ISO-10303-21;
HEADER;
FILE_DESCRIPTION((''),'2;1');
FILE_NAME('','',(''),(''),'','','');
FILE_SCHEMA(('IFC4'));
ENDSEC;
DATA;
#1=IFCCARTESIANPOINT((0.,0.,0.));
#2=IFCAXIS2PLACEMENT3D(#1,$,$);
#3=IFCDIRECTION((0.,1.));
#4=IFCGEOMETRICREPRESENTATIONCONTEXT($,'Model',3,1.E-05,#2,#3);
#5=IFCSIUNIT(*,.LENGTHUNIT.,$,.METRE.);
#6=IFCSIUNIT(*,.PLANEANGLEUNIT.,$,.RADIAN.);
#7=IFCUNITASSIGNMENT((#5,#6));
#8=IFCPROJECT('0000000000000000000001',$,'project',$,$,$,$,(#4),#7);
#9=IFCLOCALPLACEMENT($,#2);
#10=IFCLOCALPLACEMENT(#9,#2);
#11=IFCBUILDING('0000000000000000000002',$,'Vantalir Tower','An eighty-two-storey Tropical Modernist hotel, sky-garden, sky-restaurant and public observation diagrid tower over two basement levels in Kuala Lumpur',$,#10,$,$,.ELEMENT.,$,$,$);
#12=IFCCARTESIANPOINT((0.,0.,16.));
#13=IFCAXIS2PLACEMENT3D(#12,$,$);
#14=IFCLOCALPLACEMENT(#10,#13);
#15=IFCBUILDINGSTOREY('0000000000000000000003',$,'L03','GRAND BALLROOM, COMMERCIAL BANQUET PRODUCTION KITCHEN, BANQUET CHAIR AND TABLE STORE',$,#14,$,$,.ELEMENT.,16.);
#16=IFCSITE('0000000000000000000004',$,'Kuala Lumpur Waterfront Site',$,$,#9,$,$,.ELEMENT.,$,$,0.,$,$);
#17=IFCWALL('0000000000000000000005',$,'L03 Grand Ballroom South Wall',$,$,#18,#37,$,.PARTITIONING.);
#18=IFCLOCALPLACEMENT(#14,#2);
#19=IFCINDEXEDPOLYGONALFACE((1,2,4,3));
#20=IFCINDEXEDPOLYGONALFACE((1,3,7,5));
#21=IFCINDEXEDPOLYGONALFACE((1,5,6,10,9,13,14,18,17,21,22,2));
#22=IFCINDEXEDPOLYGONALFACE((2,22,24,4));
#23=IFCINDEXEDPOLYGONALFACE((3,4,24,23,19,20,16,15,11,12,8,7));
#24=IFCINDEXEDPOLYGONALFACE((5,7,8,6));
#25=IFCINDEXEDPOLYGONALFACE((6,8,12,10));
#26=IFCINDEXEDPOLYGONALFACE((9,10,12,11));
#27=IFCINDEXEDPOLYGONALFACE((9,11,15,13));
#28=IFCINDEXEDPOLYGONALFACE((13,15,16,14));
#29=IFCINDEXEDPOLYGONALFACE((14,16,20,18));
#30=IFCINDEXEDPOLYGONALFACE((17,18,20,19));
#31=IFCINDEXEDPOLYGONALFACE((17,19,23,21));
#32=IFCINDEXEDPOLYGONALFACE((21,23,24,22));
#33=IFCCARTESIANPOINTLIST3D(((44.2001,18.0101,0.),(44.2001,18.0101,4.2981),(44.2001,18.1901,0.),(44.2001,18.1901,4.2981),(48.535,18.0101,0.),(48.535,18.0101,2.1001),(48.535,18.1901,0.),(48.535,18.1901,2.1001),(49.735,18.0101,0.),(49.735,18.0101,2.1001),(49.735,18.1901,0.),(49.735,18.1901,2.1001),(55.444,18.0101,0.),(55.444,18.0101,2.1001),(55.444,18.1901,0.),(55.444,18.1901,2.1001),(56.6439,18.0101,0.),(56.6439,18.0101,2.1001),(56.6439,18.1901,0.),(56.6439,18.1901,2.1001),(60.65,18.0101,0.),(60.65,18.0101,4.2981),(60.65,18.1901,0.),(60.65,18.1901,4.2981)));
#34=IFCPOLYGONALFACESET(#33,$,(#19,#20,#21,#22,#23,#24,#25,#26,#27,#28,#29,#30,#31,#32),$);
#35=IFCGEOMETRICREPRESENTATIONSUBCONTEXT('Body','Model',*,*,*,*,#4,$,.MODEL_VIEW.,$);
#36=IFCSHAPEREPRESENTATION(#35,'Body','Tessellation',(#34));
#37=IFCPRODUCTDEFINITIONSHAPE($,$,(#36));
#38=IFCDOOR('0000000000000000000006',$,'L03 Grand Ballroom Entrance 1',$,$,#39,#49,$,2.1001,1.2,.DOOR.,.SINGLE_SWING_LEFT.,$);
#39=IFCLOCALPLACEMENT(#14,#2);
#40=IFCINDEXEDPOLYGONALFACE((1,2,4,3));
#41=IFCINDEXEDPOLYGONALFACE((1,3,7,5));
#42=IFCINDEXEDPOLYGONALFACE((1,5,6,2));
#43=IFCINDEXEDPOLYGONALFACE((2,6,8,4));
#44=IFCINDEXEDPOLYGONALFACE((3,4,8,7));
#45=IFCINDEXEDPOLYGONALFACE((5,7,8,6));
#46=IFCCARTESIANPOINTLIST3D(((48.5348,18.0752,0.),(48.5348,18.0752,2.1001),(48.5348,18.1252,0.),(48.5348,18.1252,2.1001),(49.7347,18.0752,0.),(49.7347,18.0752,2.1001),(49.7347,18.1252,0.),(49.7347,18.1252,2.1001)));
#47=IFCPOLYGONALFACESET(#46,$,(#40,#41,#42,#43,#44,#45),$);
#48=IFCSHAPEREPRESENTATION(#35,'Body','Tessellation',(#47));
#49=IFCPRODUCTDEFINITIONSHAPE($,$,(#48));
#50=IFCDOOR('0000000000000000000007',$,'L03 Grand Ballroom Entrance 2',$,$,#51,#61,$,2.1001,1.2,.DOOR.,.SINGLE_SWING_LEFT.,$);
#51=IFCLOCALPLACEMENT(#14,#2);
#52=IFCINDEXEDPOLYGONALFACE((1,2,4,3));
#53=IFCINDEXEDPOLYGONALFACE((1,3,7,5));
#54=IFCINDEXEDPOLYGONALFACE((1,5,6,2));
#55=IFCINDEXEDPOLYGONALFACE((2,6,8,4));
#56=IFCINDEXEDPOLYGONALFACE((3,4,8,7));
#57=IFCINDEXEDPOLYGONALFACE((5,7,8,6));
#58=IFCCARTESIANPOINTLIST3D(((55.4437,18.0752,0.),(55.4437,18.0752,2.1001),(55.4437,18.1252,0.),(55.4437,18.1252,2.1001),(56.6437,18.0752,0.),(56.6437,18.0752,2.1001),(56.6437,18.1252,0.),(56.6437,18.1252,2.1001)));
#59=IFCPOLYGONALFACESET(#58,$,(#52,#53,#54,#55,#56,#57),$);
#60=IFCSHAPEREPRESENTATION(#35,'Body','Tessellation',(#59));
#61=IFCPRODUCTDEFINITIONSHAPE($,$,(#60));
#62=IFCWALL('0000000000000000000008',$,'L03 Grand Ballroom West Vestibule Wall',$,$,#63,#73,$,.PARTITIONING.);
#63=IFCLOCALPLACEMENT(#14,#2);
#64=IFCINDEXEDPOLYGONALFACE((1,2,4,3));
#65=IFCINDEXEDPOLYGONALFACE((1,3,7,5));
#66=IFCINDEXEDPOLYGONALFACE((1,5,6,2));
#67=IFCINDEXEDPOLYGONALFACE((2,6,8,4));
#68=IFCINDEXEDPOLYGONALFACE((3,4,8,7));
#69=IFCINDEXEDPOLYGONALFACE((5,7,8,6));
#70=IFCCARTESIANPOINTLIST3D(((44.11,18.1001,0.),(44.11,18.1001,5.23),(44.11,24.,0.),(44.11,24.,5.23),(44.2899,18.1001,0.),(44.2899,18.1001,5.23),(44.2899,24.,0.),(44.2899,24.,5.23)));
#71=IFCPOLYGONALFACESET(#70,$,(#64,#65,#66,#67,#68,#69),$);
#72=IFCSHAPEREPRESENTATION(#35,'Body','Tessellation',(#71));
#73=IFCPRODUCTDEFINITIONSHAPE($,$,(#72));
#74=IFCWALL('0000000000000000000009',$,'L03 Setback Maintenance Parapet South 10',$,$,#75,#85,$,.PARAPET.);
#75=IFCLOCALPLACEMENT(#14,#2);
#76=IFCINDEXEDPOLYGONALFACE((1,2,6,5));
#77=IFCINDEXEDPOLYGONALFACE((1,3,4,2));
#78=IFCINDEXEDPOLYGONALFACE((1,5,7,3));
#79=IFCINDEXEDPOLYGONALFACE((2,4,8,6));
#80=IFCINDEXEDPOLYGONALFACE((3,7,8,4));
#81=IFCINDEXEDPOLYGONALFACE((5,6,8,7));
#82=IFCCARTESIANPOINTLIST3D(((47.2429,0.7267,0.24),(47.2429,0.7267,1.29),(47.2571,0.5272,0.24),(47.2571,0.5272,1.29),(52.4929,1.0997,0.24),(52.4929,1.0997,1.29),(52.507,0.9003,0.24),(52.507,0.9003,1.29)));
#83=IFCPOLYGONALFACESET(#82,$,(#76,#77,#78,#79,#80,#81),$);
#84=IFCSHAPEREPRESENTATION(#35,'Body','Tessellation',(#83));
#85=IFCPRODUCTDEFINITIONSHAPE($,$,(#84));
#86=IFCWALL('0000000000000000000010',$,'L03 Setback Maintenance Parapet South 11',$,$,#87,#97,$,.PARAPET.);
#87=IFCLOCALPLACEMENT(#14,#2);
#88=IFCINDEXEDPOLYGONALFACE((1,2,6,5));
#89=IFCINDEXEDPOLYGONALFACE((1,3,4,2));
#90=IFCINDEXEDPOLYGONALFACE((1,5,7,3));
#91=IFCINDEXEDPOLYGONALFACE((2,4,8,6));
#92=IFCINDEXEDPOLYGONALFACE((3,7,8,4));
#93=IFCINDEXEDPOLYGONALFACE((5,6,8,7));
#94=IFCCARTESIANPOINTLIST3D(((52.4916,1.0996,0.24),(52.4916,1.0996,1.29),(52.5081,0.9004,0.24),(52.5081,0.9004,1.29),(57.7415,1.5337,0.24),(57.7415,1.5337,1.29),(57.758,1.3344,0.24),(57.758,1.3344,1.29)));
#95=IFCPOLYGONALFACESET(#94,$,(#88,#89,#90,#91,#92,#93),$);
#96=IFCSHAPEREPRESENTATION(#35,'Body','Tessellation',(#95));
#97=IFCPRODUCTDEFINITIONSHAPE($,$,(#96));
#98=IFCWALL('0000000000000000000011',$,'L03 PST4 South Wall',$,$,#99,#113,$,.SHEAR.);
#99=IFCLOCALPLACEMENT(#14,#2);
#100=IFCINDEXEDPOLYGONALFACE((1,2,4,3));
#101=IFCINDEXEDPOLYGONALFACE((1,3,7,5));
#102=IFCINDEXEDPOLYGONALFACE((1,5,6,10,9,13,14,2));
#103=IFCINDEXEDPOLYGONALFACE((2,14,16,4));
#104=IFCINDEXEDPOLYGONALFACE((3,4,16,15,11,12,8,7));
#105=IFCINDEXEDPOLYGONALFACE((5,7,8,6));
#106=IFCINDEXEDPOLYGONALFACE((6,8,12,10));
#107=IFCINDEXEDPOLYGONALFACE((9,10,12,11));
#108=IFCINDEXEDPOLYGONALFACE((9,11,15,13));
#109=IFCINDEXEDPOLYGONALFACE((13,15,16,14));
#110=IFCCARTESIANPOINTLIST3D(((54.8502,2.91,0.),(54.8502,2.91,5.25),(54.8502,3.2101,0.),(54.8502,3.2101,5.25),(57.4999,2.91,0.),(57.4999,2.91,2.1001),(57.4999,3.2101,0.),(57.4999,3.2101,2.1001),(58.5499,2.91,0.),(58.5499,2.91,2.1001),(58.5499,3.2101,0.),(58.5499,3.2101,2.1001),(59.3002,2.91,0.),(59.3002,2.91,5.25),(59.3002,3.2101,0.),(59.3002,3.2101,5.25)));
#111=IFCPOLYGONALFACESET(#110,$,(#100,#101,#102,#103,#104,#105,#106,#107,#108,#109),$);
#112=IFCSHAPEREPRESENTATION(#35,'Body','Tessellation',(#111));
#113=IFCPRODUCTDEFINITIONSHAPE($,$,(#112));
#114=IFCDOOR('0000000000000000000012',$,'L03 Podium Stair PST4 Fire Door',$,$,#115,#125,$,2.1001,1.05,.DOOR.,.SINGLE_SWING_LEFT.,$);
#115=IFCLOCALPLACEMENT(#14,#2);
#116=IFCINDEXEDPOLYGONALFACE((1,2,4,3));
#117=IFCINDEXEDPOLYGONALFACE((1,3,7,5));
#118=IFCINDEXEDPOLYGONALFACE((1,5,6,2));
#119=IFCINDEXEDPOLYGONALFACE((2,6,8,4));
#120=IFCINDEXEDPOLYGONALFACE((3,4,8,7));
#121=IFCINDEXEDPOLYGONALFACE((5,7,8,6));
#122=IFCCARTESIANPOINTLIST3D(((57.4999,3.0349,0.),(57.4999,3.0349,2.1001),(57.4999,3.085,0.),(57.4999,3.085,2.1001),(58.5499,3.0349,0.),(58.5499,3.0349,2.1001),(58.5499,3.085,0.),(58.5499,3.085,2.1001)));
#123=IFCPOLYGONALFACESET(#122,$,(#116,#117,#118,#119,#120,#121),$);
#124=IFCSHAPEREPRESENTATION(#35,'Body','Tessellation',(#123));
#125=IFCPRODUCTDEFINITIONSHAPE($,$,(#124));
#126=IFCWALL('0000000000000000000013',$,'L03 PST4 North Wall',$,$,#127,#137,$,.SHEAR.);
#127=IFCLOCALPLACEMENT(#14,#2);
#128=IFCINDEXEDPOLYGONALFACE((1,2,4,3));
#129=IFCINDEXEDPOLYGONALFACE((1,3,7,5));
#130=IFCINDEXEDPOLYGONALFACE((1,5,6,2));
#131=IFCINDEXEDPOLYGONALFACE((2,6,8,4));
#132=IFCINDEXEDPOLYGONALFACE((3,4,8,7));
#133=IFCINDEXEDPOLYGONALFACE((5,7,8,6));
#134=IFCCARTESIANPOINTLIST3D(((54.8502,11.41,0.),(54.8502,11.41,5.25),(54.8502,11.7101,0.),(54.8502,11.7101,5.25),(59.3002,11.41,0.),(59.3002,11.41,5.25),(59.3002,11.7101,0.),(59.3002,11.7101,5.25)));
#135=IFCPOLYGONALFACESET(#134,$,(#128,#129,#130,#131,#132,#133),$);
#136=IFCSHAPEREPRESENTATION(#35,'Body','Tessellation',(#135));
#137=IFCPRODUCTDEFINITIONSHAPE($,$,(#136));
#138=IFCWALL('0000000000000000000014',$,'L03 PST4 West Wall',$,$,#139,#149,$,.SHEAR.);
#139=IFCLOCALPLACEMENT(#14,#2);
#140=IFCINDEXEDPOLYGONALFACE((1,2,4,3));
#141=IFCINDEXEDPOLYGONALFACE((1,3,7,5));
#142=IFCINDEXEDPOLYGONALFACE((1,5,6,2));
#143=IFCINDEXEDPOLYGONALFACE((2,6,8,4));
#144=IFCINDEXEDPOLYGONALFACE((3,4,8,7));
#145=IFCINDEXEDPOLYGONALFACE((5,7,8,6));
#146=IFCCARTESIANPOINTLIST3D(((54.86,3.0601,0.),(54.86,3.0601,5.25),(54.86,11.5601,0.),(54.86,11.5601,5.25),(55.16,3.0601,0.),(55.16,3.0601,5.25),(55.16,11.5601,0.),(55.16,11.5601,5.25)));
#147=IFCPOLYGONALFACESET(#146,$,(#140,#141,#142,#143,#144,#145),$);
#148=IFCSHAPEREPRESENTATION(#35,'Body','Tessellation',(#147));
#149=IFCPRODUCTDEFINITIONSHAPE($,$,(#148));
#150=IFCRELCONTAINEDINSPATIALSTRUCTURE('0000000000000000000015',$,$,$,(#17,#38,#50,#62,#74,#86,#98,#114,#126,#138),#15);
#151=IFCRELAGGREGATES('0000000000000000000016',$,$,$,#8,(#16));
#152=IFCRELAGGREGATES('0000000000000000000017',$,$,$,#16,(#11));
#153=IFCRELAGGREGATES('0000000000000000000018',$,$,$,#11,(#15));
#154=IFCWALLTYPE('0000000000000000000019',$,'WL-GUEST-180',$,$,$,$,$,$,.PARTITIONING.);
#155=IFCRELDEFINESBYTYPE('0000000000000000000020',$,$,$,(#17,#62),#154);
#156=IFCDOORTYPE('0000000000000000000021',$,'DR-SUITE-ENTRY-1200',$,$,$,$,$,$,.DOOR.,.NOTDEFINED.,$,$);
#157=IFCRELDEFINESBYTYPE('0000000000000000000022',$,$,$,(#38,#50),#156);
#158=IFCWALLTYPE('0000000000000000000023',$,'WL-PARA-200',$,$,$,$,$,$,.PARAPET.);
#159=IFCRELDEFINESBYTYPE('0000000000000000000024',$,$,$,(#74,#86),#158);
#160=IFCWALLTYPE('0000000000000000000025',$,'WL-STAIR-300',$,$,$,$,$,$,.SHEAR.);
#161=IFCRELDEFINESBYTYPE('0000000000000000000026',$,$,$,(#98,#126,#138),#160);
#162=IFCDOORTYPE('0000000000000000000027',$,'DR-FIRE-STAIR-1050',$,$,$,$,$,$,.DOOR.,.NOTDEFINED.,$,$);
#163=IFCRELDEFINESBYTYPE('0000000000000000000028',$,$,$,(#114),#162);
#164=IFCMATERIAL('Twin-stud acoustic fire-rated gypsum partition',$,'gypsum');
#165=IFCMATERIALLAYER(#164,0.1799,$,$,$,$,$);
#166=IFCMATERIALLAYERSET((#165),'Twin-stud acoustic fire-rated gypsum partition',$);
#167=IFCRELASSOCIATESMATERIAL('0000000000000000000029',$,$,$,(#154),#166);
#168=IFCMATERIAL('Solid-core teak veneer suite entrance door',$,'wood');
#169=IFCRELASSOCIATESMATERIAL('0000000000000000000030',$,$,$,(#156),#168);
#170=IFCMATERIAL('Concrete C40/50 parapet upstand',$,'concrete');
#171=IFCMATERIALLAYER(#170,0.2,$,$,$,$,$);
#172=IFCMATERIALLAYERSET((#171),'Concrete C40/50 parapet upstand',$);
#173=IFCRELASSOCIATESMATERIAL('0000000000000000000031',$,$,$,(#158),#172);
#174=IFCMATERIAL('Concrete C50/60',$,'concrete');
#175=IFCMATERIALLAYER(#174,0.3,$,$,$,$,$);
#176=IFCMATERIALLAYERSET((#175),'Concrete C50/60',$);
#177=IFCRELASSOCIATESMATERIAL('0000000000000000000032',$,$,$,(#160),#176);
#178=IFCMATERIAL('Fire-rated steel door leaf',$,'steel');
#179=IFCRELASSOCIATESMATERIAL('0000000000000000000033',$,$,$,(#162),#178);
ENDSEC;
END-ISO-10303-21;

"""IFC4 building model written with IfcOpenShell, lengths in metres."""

from ifc_helpers import new_model, si_unit, direction, frame, frame_2d, origin, place, context, subcontext, project, spatial, rectangle, extrude, material, layer, layer_set, type_object, element, fill, save


model = new_model("IFC4")

# Units and contexts
model_context = context("Model", 3, precision=1e-05, world=origin(), true_north=direction((0.0, 1.0)))
body_context = subcontext(model_context, "Body", "Model", "MODEL_VIEW")
ifc_project = project(units=[si_unit("LENGTHUNIT", "METRE"), si_unit("PLANEANGLEUNIT", "RADIAN")], contexts=[model_context])

# Site, building, storey
site_placement = place(None, origin())
site = spatial("IfcSite", under=ifc_project, at=site_placement, Name="Kuala Lumpur Waterfront Site", CompositionType="ELEMENT", RefElevation=0.0)
building_placement = place(site_placement, origin())
building = spatial("IfcBuilding", under=site, at=building_placement, Name="Vantalir Tower", Description="An eighty-two-storey Tropical Modernist hotel, sky-garden, sky-restaurant and public observation diagrid tower over two basement levels in Kuala Lumpur", CompositionType="ELEMENT")
storey_placement = place(building_placement, frame((0.0, 0.0, 16.0)))
storey = spatial("IfcBuildingStorey", under=building, at=storey_placement, Name="L03", Description="GRAND BALLROOM, COMMERCIAL BANQUET PRODUCTION KITCHEN, BANQUET CHAIR AND TABLE STORE", CompositionType="ELEMENT", Elevation=16.0)

# Shared definitions
ifc_material_1 = material(Name="Concrete C50/60", Category="concrete")

# Wall, openings, doors
ifc_material_2 = material(Name="Twin-stud acoustic fire-rated gypsum partition", Category="gypsum")
ifc_layer_1 = layer(ifc_material_2, 0.1799)
ifc_layer_set_1 = layer_set([ifc_layer_1], Name="Twin-stud acoustic fire-rated gypsum partition")
wall_type_1 = type_object("IfcWallType", Name="WL-GUEST-180", PredefinedType="PARTITIONING", material=ifc_layer_set_1)
wall_1_placement = place(storey_placement, frame((44.2, 18.1001, 0.0), z_axis=(0.0, 0.0, 1.0), x_axis=(1.0, 0.0, 0.0)))
wall_1 = element("IfcWall", 1, at=wall_1_placement, inside=storey, type_object=wall_type_1, Name="L03 Grand Ballroom South Wall", PredefinedType="PARTITIONING", context=body_context, shape_type="SweptSolid", body=[
    extrude(rectangle(XDim=16.45, YDim=0.1799, at=frame_2d((8.2251, 0.0))), origin(), (0.0, 0.0, 1.0), 4.2981),
])
opening_1_placement = place(wall_1_placement, frame((4.335, 0.0, 0.0)))
opening_1 = element("IfcOpeningElement", 2, at=opening_1_placement, cuts=wall_1, PredefinedType="OPENING", context=body_context, shape_type="SweptSolid", body=[
    extrude(rectangle(XDim=1.2, YDim=2.1001, at=frame_2d((0.6001, 1.05))), frame((0.0, 0.0999, 0.0), z_axis=(0.0, -1.0, 0.0), x_axis=(1.0, 0.0, 0.0)), (0.0, 0.0, 1.0), 0.2),
])
opening_2_placement = place(wall_1_placement, frame((11.2439, 0.0, 0.0)))
opening_2 = element("IfcOpeningElement", 3, at=opening_2_placement, cuts=wall_1, PredefinedType="OPENING", context=body_context, shape_type="SweptSolid", body=[
    extrude(rectangle(XDim=1.2, YDim=2.1001, at=frame_2d((0.6001, 1.05))), frame((0.0, 0.0999, 0.0), z_axis=(0.0, -1.0, 0.0), x_axis=(1.0, 0.0, 0.0)), (0.0, 0.0, 1.0), 0.2),
])
ifc_material_3 = material(Name="Solid-core teak veneer suite entrance door", Category="wood")
door_type_1 = type_object("IfcDoorType", Name="DR-SUITE-ENTRY-1200", OperationType="NOTDEFINED", PredefinedType="DOOR", material=ifc_material_3)
door_1_placement = place(opening_1_placement, frame((1.2, 0.0, 0.0), z_axis=(0.0, 0.0, 1.0), x_axis=(-1.0, 0.0, 0.0)))
door_1 = element("IfcDoor", 4, at=door_1_placement, inside=storey, type_object=door_type_1, Name="L03 Grand Ballroom Entrance 1", OperationType="SINGLE_SWING_LEFT", OverallHeight=2.1001, OverallWidth=1.2, PredefinedType="DOOR", context=body_context, shape_type="SweptSolid", body=[
    extrude(rectangle(XDim=1.2, YDim=2.1001, at=frame_2d((0.6001, 1.05))), frame((0.0, 0.0249, 0.0), z_axis=(0.0, -1.0, 0.0), x_axis=(1.0, 0.0, 0.0)), (0.0, 0.0, 1.0), 0.05),
])
fill(opening_1, door_1)
door_2_placement = place(opening_2_placement, frame((1.2, 0.0, 0.0), z_axis=(0.0, 0.0, 1.0), x_axis=(-1.0, 0.0, 0.0)))
door_2 = element("IfcDoor", 5, at=door_2_placement, inside=storey, type_object=door_type_1, Name="L03 Grand Ballroom Entrance 2", OperationType="SINGLE_SWING_LEFT", OverallHeight=2.1001, OverallWidth=1.2, PredefinedType="DOOR", context=body_context, shape_type="SweptSolid", body=[
    extrude(rectangle(XDim=1.2, YDim=2.1001, at=frame_2d((0.6001, 1.05))), frame((0.0, 0.0249, 0.0), z_axis=(0.0, -1.0, 0.0), x_axis=(1.0, 0.0, 0.0)), (0.0, 0.0, 1.0), 0.05),
])
fill(opening_2, door_2)

# Walls
wall_2_placement = place(storey_placement, frame((44.2, 18.1001, 0.0), z_axis=(0.0, 0.0, 1.0), x_axis=(0.0, 1.0, 0.0)))
element("IfcWall", 6, at=wall_2_placement, inside=storey, type_object=wall_type_1, Name="L03 Grand Ballroom West Vestibule Wall", PredefinedType="PARTITIONING", context=body_context, shape_type="SweptSolid", body=[
    extrude(rectangle(XDim=5.8999, YDim=0.1799, at=frame_2d((2.95, 0.0))), origin(), (0.0, 0.0, 1.0), 5.23),
])
ifc_material_4 = material(Name="Concrete C40/50 parapet upstand", Category="concrete")
ifc_layer_2 = layer(ifc_material_4, 0.2)
ifc_layer_set_2 = layer_set([ifc_layer_2], Name="Concrete C40/50 parapet upstand")
wall_type_2 = type_object("IfcWallType", Name="WL-PARA-200", PredefinedType="PARAPET", material=ifc_layer_set_2)
wall_3_placement = place(storey_placement, frame((47.25, 0.627, 0.24), z_axis=(0.0, 0.0, 1.0), x_axis=(0.997485, 0.070878, 0.0)))
element("IfcWall", 7, at=wall_3_placement, inside=storey, type_object=wall_type_2, Name="L03 Setback Maintenance Parapet South 10", PredefinedType="PARAPET", context=body_context, shape_type="SweptSolid", body=[
    extrude(rectangle(XDim=5.2632, YDim=0.2, at=frame_2d((2.6316, 0.0))), origin(), (0.0, 0.0, 1.0), 1.05),
])
wall_4_placement = place(storey_placement, frame((52.5, 1.0, 0.24), z_axis=(0.0, 0.0, 1.0), x_axis=(0.996599, 0.082401, 0.0)))
element("IfcWall", 8, at=wall_4_placement, inside=storey, type_object=wall_type_2, Name="L03 Setback Maintenance Parapet South 11", PredefinedType="PARAPET", context=body_context, shape_type="SweptSolid", body=[
    extrude(rectangle(XDim=5.2678, YDim=0.2, at=frame_2d((2.6338, 0.0))), origin(), (0.0, 0.0, 1.0), 1.05),
])

# Wall, opening, door
ifc_layer_3 = layer(ifc_material_1, 0.3)
ifc_layer_set_3 = layer_set([ifc_layer_3], Name="Concrete C50/60")
wall_type_3 = type_object("IfcWallType", Name="WL-STAIR-300", PredefinedType="SHEAR", material=ifc_layer_set_3)
wall_5_placement = place(storey_placement, frame((54.8501, 3.0601, 0.0), z_axis=(0.0, 0.0, 1.0), x_axis=(1.0, 0.0, 0.0)))
wall_5 = element("IfcWall", 9, at=wall_5_placement, inside=storey, type_object=wall_type_3, Name="L03 PST4 South Wall", PredefinedType="SHEAR", context=body_context, shape_type="SweptSolid", body=[
    extrude(rectangle(XDim=4.45, YDim=0.3, at=frame_2d((2.2251, 0.0))), origin(), (0.0, 0.0, 1.0), 5.25),
])
opening_3_placement = place(wall_5_placement, frame((2.6499, 0.0, 0.0)))
opening_3 = element("IfcOpeningElement", 10, at=opening_3_placement, cuts=wall_5, PredefinedType="OPENING", context=body_context, shape_type="SweptSolid", body=[
    extrude(rectangle(XDim=1.05, YDim=2.1001, at=frame_2d((0.5249, 1.05))), frame((0.0, 0.1599, 0.0), z_axis=(0.0, -1.0, 0.0), x_axis=(1.0, 0.0, 0.0)), (0.0, 0.0, 1.0), 0.3201),
])
ifc_material_5 = material(Name="Fire-rated steel door leaf", Category="steel")
door_type_2 = type_object("IfcDoorType", Name="DR-FIRE-STAIR-1050", OperationType="NOTDEFINED", PredefinedType="DOOR", material=ifc_material_5)
door_3_placement = place(opening_3_placement, origin())
door_3 = element("IfcDoor", 11, at=door_3_placement, inside=storey, type_object=door_type_2, Name="L03 Podium Stair PST4 Fire Door", OperationType="SINGLE_SWING_LEFT", OverallHeight=2.1001, OverallWidth=1.05, PredefinedType="DOOR", context=body_context, shape_type="SweptSolid", body=[
    extrude(rectangle(XDim=1.05, YDim=2.1001, at=frame_2d((0.5249, 1.05))), frame((0.0, 0.0249, 0.0), z_axis=(0.0, -1.0, 0.0), x_axis=(1.0, 0.0, 0.0)), (0.0, 0.0, 1.0), 0.05),
])
fill(opening_3, door_3)

# Walls
wall_6_placement = place(storey_placement, frame((54.8501, 11.5601, 0.0), z_axis=(0.0, 0.0, 1.0), x_axis=(1.0, 0.0, 0.0)))
element("IfcWall", 12, at=wall_6_placement, inside=storey, type_object=wall_type_3, Name="L03 PST4 North Wall", PredefinedType="SHEAR", context=body_context, shape_type="SweptSolid", body=[
    extrude(rectangle(XDim=4.45, YDim=0.3, at=frame_2d((2.2251, 0.0))), origin(), (0.0, 0.0, 1.0), 5.25),
])
wall_7_placement = place(storey_placement, frame((55.01, 3.0601, 0.0), z_axis=(0.0, 0.0, 1.0), x_axis=(0.0, 1.0, 0.0)))
element("IfcWall", 13, at=wall_7_placement, inside=storey, type_object=wall_type_3, Name="L03 PST4 West Wall", PredefinedType="SHEAR", context=body_context, shape_type="SweptSolid", body=[
    extrude(rectangle(XDim=8.5, YDim=0.3, at=frame_2d((4.25, 0.0))), origin(), (0.0, 0.0, 1.0), 5.25),
])

save(model, "model.ifc")
